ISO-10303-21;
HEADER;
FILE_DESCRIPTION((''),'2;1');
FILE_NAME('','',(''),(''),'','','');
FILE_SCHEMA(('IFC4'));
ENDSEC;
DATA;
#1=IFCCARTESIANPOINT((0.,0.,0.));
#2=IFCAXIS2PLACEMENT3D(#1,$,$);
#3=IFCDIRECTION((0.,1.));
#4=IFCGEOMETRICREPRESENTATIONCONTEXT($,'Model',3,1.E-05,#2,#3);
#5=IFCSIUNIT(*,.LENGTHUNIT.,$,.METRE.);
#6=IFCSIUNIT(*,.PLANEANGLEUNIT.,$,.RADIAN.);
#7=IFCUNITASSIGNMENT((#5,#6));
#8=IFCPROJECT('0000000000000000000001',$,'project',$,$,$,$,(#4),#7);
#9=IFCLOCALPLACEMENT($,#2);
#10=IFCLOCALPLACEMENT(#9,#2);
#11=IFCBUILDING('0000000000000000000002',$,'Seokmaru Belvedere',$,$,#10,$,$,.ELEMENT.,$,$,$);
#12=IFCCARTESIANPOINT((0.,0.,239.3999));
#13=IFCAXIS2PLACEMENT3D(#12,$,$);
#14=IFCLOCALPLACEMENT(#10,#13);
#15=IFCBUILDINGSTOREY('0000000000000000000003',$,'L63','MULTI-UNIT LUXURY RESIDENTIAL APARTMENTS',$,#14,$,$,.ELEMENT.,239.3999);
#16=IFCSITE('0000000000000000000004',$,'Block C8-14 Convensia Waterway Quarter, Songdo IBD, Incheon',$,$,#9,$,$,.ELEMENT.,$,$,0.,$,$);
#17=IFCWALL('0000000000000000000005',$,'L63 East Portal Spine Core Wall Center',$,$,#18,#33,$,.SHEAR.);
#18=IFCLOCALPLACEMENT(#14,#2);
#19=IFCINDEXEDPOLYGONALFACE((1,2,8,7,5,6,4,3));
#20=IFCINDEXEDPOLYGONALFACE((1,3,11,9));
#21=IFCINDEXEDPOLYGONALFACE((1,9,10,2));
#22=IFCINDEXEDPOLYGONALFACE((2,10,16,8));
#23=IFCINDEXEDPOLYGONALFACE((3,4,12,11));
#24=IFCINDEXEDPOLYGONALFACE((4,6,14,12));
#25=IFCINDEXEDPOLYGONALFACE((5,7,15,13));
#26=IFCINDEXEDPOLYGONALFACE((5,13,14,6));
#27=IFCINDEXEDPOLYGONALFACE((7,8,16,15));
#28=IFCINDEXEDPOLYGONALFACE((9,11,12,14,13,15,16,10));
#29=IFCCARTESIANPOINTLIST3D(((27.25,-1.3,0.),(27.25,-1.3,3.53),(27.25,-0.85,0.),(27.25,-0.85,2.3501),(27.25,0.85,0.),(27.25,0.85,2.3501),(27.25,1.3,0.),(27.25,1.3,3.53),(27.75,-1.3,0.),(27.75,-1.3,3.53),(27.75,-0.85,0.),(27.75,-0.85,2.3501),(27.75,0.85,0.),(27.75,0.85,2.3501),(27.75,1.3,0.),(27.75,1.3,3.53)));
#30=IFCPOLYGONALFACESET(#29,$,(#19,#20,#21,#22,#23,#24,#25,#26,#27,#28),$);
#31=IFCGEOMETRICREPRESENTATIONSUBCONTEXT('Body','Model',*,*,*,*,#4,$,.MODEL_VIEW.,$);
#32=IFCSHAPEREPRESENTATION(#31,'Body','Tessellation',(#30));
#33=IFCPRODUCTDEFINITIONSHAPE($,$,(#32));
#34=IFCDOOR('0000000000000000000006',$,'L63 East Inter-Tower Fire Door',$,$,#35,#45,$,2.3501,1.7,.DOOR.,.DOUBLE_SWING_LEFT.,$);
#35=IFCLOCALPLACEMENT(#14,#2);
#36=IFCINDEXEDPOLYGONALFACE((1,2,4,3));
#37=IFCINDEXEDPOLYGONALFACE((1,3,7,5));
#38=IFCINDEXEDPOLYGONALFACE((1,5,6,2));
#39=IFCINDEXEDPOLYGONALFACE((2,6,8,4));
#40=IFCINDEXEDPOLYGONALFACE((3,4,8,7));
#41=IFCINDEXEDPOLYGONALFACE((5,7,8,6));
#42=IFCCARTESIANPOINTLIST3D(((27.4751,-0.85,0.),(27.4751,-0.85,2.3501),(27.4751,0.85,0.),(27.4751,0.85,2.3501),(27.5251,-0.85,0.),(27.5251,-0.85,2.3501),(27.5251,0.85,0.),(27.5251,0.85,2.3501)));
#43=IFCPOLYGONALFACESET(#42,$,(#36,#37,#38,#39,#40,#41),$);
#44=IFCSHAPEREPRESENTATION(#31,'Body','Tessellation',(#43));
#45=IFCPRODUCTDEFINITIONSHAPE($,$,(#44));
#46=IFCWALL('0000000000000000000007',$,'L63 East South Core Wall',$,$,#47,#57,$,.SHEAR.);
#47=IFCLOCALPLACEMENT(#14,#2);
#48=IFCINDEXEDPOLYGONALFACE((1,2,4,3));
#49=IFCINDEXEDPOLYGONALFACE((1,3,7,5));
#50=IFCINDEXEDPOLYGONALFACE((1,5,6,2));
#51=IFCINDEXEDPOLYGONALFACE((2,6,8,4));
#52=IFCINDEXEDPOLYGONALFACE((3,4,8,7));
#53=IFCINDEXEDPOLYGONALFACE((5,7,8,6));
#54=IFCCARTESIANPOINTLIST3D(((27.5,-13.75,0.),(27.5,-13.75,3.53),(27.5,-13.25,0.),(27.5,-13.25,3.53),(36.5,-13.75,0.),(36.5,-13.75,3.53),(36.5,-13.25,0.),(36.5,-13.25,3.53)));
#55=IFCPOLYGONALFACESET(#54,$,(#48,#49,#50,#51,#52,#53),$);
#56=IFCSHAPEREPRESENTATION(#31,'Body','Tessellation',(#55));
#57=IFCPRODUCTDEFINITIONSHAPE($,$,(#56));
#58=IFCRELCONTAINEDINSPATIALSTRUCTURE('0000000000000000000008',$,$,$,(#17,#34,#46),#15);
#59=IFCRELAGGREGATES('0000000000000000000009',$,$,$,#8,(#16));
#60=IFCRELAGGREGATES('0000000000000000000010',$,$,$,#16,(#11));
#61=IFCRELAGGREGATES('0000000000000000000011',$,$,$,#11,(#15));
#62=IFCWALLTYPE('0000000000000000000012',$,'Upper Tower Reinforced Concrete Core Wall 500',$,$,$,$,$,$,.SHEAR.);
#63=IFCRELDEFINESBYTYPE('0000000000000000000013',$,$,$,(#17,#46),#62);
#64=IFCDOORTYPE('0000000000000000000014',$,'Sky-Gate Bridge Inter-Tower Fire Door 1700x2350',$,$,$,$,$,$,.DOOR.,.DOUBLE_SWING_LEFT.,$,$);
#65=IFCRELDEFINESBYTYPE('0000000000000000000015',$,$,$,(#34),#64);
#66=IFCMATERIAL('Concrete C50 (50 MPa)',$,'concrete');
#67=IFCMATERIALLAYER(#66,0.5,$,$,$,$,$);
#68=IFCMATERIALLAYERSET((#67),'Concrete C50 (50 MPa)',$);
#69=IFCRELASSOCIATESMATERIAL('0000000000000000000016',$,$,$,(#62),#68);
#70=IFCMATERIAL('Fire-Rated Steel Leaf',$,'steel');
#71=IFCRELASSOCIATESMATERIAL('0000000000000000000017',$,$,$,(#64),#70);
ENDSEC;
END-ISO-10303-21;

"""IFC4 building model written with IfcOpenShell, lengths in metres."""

from ifc_helpers import new_model, si_unit, direction, frame, frame_2d, origin, place, context, subcontext, project, spatial, rectangle, extrude, source, transform, mapped, material, layer, layer_set, type_object, type_shapes, element, fill, save


model = new_model("IFC4")

# Units and contexts
model_context = context("Model", 3, precision=1e-05, world=origin(), true_north=direction((0.0, 1.0)))
body_context = subcontext(model_context, "Body", "Model", "MODEL_VIEW")
ifc_project = project(units=[si_unit("LENGTHUNIT", "METRE"), si_unit("PLANEANGLEUNIT", "RADIAN")], contexts=[model_context])

# Site, building, storey
site_placement = place(None, origin())
site = spatial("IfcSite", under=ifc_project, at=site_placement, Name="Block C8-14 Convensia Waterway Quarter, Songdo IBD, Incheon", CompositionType="ELEMENT", RefElevation=0.0)
building_placement = place(site_placement, origin())
building = spatial("IfcBuilding", under=site, at=building_placement, Name="Seokmaru Belvedere", CompositionType="ELEMENT")
storey_placement = place(building_placement, frame((0.0, 0.0, 239.3999)))
storey = spatial("IfcBuildingStorey", under=building, at=storey_placement, Name="L63", Description="MULTI-UNIT LUXURY RESIDENTIAL APARTMENTS", CompositionType="ELEMENT", Elevation=239.3999)

# Shared definitions
ifc_material_1 = material(Name="Fire-Rated Steel Leaf", Category="steel")

# Shared definitions
ifc_material_2 = material(Name="Concrete C50 (50 MPa)", Category="concrete")

# Shared definitions
ifc_layer_1 = layer(ifc_material_2, 0.5)
ifc_layer_set_1 = layer_set([ifc_layer_1], Name="Concrete C50 (50 MPa)")
wall_type_1 = type_object("IfcWallType", Name="Upper Tower Reinforced Concrete Core Wall 500", PredefinedType="SHEAR", material=ifc_layer_set_1)

# Wall, opening, door
wall_1_placement = place(storey_placement, frame((27.5, -1.3, 0.0), z_axis=(0.0, 0.0, 1.0), x_axis=(0.0, 1.0, 0.0)))
wall_1 = element("IfcWall", 1, at=wall_1_placement, inside=storey, type_object=wall_type_1, Name="L63 East Portal Spine Core Wall Center", PredefinedType="SHEAR", context=body_context, shape_type="SweptSolid", body=[
    extrude(rectangle(XDim=2.6001, YDim=0.5, at=frame_2d((1.3, 0.0))), origin(), (0.0, 0.0, 1.0), 3.53),
])
opening_1_placement = place(wall_1_placement, frame((0.45, 0.0, 0.0)))
opening_1 = element("IfcOpeningElement", 2, at=opening_1_placement, cuts=wall_1, PredefinedType="OPENING", context=body_context, shape_type="SweptSolid", body=[
    extrude(rectangle(XDim=1.7, YDim=2.3501, at=frame_2d((0.8501, 1.175))), frame((0.0, 0.26, 0.0), z_axis=(0.0, -1.0, 0.0), x_axis=(1.0, 0.0, 0.0)), (0.0, 0.0, 1.0), 0.52),
])
door_type_1 = type_object("IfcDoorType", Name="Sky-Gate Bridge Inter-Tower Fire Door 1700x2350", OperationType="DOUBLE_SWING_LEFT", PredefinedType="DOOR", material=ifc_material_1)
shared_shape_1 = source(origin(), body_context, "Body", "SweptSolid", [
    extrude(rectangle(XDim=1.7, YDim=2.3501, at=frame_2d((0.8501, 1.175))), frame((0.0, 0.0249, 0.0), z_axis=(0.0, -1.0, 0.0), x_axis=(1.0, 0.0, 0.0)), (0.0, 0.0, 1.0), 0.05),
])
type_shapes(door_type_1, [shared_shape_1])
door_1_placement = place(opening_1_placement, origin())
door_1 = element("IfcDoor", 3, at=door_1_placement, inside=storey, type_object=door_type_1, Name="L63 East Inter-Tower Fire Door", OperationType="DOUBLE_SWING_LEFT", OverallHeight=2.3501, OverallWidth=1.7, PredefinedType="DOOR", context=body_context, shape_type="MappedRepresentation", body=[
    mapped(shared_shape_1, transform((0.0, 0.0, 0.0), scale=1.0)),
])
fill(opening_1, door_1)

# Wall
wall_2_placement = place(storey_placement, frame((27.5, -13.5, 0.0), z_axis=(0.0, 0.0, 1.0), x_axis=(1.0, 0.0, 0.0)))
element("IfcWall", 4, at=wall_2_placement, inside=storey, type_object=wall_type_1, Name="L63 East South Core Wall", PredefinedType="SHEAR", context=body_context, shape_type="SweptSolid", body=[
    extrude(rectangle(XDim=9.0, YDim=0.5, at=frame_2d((4.5, 0.0))), origin(), (0.0, 0.0, 1.0), 3.53),
])

save(model, "model.ifc")
